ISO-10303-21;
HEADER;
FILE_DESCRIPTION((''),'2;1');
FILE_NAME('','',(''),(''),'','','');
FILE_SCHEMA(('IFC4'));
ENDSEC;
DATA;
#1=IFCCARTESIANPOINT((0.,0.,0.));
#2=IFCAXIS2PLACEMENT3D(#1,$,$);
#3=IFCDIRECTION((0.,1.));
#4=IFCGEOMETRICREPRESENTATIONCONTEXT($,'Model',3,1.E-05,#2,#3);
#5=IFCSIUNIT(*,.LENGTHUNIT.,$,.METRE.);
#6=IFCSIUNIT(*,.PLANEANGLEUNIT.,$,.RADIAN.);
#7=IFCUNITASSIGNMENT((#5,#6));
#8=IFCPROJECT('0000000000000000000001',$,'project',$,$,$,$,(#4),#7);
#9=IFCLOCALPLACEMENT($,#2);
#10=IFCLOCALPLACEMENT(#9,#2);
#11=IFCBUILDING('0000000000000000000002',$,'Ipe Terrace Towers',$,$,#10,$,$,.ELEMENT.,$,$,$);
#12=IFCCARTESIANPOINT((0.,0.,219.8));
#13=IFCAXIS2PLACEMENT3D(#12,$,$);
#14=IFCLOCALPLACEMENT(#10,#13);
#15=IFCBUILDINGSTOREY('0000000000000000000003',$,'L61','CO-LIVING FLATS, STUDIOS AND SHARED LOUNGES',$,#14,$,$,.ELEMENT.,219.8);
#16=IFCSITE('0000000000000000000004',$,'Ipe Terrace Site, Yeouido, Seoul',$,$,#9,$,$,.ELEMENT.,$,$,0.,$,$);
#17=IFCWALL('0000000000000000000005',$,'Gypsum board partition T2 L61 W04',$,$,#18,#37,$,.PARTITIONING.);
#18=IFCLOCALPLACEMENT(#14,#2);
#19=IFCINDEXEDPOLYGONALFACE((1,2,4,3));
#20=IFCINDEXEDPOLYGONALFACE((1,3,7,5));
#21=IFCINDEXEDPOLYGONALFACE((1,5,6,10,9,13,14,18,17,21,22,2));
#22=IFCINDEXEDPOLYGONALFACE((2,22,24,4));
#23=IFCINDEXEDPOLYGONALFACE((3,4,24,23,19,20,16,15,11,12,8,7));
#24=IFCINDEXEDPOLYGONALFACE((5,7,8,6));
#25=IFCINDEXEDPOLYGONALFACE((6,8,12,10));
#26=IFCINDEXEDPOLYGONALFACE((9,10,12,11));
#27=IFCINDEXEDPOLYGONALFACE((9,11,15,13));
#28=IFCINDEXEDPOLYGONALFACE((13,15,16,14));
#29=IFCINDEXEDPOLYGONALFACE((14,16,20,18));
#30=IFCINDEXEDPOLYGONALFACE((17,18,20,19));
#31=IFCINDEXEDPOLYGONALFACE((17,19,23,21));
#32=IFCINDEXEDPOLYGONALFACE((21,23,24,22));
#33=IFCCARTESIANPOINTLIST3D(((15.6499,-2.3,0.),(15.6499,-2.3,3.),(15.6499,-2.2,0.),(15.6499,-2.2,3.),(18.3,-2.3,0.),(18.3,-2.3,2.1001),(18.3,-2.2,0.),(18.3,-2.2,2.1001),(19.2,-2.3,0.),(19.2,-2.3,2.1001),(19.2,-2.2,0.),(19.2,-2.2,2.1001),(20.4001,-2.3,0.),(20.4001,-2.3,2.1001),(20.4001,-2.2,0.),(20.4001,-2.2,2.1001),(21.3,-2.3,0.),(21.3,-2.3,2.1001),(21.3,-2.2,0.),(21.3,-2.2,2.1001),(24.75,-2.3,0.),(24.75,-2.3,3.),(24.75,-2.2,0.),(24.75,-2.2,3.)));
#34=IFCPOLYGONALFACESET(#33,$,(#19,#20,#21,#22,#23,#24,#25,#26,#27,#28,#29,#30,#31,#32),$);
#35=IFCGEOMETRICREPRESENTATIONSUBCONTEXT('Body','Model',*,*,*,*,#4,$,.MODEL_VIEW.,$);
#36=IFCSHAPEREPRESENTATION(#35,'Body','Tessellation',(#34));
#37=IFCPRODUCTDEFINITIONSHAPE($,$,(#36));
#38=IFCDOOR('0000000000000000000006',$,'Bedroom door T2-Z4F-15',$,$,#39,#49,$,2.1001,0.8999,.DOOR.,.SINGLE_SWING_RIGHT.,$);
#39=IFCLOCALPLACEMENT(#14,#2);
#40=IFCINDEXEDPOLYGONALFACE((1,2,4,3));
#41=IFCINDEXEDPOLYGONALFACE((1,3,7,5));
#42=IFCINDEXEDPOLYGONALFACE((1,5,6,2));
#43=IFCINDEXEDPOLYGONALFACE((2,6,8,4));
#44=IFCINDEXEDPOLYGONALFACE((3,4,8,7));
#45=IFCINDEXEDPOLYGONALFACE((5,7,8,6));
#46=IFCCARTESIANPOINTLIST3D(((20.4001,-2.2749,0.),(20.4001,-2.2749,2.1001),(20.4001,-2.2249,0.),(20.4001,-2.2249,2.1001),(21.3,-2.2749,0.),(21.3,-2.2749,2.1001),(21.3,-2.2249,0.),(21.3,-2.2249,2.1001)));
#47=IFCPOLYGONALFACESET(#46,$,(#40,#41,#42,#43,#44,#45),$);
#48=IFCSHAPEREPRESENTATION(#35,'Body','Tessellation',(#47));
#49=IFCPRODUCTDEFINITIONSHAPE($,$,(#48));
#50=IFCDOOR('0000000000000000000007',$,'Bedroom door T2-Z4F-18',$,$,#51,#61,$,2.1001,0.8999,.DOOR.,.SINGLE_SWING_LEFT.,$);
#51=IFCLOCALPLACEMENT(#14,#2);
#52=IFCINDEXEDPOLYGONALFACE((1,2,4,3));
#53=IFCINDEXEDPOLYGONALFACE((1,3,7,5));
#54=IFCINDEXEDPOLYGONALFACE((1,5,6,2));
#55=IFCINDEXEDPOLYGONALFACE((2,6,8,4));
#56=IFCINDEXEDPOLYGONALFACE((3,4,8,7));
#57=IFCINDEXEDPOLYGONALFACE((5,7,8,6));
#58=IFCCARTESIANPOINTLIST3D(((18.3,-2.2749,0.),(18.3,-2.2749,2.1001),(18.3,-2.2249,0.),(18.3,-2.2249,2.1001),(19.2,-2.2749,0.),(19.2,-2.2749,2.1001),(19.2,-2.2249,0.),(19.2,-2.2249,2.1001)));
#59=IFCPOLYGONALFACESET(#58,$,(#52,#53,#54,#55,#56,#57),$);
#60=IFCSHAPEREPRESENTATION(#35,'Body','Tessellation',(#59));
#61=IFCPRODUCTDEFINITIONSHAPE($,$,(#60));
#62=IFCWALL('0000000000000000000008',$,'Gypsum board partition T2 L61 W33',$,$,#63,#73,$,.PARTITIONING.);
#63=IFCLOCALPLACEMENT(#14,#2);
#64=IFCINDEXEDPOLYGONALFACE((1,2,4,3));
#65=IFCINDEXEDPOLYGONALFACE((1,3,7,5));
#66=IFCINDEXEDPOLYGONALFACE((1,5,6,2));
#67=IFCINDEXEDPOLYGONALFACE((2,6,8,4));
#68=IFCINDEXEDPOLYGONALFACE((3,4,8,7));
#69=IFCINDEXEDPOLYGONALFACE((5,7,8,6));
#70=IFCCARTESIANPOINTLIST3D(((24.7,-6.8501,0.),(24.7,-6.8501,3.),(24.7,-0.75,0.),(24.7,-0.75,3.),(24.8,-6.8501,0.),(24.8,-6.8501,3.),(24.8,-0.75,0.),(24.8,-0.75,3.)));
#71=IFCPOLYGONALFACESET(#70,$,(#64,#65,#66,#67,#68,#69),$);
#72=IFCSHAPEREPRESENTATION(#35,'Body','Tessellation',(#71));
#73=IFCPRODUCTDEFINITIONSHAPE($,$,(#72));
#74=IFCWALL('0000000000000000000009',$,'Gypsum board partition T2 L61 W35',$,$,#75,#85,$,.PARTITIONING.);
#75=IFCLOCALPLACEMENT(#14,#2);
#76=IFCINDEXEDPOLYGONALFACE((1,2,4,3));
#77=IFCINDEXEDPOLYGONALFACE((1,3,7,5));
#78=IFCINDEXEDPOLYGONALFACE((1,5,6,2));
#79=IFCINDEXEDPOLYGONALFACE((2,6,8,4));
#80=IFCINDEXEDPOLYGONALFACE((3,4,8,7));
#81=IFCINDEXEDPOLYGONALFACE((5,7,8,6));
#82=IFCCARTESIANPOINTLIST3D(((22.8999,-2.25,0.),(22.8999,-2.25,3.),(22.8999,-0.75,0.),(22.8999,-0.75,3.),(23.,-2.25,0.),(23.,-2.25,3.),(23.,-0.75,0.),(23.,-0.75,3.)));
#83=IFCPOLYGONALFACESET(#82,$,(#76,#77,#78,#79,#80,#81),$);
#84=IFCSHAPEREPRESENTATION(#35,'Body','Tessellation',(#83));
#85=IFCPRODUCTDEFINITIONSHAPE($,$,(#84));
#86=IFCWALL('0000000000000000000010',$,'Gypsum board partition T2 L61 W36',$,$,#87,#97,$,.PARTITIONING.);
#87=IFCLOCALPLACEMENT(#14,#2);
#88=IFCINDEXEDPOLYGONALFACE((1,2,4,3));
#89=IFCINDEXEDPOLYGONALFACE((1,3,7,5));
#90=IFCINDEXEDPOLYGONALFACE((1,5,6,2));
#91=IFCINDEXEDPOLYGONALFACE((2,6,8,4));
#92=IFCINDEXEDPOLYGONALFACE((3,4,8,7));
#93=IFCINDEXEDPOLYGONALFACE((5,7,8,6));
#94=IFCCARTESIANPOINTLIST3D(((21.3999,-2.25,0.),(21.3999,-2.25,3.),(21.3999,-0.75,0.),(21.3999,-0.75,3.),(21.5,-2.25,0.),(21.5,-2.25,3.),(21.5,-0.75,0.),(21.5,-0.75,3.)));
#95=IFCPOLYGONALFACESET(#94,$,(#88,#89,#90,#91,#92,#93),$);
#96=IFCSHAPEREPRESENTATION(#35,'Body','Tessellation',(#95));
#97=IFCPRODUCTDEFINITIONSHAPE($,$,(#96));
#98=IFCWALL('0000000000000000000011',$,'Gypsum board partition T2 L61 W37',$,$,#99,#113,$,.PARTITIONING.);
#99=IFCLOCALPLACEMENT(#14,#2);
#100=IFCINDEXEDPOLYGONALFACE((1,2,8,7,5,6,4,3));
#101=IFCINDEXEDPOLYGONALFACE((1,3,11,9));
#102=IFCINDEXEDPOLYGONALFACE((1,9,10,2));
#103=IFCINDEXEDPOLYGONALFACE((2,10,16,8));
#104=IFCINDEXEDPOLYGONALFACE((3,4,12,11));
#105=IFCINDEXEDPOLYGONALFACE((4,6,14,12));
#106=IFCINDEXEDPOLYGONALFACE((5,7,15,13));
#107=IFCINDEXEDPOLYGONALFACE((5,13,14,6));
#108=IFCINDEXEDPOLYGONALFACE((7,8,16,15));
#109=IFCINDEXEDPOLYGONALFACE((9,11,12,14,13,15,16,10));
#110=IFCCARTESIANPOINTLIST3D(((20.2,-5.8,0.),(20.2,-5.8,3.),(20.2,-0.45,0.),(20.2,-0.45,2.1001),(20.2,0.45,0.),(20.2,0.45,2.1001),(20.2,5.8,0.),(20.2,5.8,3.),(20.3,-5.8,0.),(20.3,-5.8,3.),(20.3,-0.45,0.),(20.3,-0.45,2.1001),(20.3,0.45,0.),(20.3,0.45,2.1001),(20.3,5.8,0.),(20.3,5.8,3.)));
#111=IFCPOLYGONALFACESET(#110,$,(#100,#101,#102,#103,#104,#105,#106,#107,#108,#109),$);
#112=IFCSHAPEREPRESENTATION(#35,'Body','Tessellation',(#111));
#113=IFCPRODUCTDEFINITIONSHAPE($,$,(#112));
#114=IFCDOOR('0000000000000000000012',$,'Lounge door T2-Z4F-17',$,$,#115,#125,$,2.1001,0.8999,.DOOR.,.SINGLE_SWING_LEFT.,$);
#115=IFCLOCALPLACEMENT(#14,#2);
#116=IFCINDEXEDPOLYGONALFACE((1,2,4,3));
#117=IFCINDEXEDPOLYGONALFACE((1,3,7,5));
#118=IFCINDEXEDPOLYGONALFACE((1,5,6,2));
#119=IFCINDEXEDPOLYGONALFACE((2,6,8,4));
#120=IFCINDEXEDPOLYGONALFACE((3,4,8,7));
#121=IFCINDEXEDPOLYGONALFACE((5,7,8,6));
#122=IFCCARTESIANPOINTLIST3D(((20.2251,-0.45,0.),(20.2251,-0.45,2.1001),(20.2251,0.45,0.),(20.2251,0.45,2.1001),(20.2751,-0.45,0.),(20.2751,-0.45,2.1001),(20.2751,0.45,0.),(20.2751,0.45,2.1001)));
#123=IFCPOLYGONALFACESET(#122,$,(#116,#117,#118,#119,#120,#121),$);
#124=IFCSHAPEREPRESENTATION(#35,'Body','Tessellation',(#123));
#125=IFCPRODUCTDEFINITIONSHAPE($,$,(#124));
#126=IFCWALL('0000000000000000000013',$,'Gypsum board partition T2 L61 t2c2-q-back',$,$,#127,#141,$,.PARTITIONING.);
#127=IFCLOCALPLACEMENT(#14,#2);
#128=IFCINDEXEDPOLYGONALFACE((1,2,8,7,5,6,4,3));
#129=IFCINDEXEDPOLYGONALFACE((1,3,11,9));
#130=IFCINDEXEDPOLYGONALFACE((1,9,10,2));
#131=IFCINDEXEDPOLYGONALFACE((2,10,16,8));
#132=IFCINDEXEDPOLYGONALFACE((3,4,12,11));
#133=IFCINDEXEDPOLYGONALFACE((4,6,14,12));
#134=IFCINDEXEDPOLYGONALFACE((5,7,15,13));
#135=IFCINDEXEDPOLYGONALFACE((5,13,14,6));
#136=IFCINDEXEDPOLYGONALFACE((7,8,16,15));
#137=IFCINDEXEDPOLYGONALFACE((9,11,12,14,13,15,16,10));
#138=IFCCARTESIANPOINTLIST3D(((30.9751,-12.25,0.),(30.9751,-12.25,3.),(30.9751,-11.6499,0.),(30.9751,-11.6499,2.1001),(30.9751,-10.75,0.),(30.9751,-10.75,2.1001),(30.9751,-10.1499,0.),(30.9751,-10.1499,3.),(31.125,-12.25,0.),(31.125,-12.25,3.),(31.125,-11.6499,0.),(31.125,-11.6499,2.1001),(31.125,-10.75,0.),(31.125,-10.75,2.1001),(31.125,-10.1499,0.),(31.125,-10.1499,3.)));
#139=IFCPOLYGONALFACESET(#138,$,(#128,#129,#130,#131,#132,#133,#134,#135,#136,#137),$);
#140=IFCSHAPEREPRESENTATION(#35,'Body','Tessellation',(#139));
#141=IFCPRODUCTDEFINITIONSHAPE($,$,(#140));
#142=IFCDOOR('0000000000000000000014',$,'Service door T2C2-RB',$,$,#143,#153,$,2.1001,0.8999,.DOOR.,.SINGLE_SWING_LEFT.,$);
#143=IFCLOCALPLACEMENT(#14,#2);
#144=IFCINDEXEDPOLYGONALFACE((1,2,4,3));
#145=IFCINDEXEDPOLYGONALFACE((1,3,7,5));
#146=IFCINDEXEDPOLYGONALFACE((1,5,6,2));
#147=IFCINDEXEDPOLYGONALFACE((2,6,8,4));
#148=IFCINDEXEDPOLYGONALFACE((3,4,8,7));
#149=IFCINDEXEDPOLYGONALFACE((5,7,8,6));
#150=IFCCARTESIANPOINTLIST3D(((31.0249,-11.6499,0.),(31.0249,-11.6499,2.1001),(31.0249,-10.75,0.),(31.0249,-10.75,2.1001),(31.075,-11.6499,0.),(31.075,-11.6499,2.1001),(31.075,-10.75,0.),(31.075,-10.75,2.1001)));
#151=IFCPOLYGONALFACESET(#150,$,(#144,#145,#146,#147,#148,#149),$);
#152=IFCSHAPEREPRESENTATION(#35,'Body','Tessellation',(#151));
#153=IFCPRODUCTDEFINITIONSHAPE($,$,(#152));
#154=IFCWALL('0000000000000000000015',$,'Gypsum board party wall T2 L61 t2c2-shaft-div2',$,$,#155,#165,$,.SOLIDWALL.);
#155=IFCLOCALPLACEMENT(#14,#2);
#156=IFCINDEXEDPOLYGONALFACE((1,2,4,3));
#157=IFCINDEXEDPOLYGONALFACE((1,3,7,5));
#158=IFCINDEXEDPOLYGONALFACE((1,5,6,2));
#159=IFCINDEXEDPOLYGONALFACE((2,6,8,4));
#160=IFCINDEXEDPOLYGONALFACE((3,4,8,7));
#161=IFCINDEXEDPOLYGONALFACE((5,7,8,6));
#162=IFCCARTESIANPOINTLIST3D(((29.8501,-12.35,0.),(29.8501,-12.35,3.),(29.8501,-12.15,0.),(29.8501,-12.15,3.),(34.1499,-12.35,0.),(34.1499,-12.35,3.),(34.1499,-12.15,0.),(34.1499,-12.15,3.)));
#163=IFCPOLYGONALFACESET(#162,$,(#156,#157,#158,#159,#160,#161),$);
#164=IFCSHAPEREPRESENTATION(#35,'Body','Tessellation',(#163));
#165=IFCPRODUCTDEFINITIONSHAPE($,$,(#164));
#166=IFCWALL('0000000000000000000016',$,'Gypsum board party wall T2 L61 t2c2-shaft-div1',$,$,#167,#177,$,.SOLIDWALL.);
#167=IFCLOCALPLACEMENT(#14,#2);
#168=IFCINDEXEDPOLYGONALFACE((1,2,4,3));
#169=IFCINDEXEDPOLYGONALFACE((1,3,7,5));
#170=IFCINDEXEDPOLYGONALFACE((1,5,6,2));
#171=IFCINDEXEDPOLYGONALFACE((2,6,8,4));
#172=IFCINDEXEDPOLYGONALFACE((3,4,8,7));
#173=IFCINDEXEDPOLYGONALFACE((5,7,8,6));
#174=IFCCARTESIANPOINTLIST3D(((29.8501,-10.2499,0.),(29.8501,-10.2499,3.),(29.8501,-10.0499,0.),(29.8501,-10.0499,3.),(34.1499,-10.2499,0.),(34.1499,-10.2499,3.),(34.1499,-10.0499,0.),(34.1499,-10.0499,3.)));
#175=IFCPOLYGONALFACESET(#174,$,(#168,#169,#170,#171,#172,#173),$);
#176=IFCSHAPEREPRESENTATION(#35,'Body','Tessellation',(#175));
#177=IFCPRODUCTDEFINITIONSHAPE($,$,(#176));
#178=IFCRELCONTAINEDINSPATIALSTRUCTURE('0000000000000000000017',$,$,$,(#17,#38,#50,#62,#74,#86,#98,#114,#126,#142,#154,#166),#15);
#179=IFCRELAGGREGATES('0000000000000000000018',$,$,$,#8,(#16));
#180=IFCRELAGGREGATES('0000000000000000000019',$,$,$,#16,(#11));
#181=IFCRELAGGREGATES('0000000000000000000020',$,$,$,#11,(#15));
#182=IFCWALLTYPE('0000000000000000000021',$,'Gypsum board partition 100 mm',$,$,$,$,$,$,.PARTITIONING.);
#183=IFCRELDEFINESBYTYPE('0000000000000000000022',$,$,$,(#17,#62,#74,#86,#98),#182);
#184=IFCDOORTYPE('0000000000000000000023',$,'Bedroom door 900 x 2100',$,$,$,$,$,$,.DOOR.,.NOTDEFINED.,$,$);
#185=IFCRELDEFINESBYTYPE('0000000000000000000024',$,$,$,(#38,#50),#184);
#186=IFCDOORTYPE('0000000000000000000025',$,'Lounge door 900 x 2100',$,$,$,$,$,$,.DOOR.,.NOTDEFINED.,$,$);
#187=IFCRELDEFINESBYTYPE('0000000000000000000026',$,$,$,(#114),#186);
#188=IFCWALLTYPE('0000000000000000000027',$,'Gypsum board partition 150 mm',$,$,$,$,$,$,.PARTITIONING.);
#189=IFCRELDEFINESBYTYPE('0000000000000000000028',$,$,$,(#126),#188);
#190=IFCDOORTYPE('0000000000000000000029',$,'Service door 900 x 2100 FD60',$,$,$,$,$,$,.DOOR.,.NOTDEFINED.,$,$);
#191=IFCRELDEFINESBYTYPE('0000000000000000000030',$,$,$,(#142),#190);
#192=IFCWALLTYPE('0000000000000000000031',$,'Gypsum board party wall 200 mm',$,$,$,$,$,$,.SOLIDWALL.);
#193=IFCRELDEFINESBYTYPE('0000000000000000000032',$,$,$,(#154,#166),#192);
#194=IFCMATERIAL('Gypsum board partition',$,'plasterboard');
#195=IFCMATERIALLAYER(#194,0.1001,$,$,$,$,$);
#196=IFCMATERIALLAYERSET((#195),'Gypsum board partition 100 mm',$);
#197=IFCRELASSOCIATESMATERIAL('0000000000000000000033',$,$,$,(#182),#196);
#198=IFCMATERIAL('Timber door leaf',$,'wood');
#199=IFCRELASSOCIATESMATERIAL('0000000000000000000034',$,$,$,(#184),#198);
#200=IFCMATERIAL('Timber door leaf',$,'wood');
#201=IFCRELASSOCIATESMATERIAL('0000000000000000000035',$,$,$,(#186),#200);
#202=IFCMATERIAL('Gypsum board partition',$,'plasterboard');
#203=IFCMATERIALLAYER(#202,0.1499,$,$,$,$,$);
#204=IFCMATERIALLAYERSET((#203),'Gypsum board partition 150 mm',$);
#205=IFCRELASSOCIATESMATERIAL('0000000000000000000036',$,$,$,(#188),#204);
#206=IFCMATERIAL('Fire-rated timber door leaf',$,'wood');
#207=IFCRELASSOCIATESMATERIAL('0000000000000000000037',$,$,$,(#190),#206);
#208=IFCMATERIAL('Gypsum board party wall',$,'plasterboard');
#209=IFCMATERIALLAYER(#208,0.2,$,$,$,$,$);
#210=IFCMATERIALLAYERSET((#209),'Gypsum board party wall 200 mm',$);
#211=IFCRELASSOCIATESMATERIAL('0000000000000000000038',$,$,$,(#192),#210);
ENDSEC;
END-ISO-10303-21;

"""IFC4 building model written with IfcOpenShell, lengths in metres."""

from ifc_helpers import new_model, si_unit, direction, frame, frame_2d, origin, place, context, subcontext, project, spatial, rectangle, extrude, material, layer, layer_set, type_object, element, fill, save


model = new_model("IFC4")

# Units and contexts
model_context = context("Model", 3, precision=1e-05, world=origin(), true_north=direction((0.0, 1.0)))
body_context = subcontext(model_context, "Body", "Model", "MODEL_VIEW")
ifc_project = project(units=[si_unit("LENGTHUNIT", "METRE"), si_unit("PLANEANGLEUNIT", "RADIAN")], contexts=[model_context])

# Site, building, storey
site_placement = place(None, origin())
site = spatial("IfcSite", under=ifc_project, at=site_placement, Name="Ipe Terrace Site, Yeouido, Seoul", CompositionType="ELEMENT", RefElevation=0.0)
building_placement = place(site_placement, origin())
building = spatial("IfcBuilding", under=site, at=building_placement, Name="Ipe Terrace Towers", CompositionType="ELEMENT")
storey_placement = place(building_placement, frame((0.0, 0.0, 219.8)))
storey = spatial("IfcBuildingStorey", under=building, at=storey_placement, Name="L61", Description="CO-LIVING FLATS, STUDIOS AND SHARED LOUNGES", CompositionType="ELEMENT", Elevation=219.8)

# Wall, openings, doors
ifc_material_1 = material(Name="Gypsum board partition", Category="plasterboard")
ifc_layer_1 = layer(ifc_material_1, 0.1001)
ifc_layer_set_1 = layer_set([ifc_layer_1], Name="Gypsum board partition 100 mm")
wall_type_1 = type_object("IfcWallType", Name="Gypsum board partition 100 mm", PredefinedType="PARTITIONING", material=ifc_layer_set_1)
wall_1_placement = place(storey_placement, frame((24.75, -2.25, 0.0), z_axis=(0.0, 0.0, 1.0), x_axis=(-1.0, 0.0, 0.0)))
wall_1 = element("IfcWall", 1, at=wall_1_placement, inside=storey, type_object=wall_type_1, Name="Gypsum board partition T2 L61 W04", PredefinedType="PARTITIONING", context=body_context, shape_type="SweptSolid", body=[
    extrude(rectangle(XDim=9.1001, YDim=0.1001, at=frame_2d((4.55, 0.0))), origin(), (0.0, 0.0, 1.0), 3.0),
])
opening_1_placement = place(wall_1_placement, frame((3.45, 0.0, 0.0)))
opening_1 = element("IfcOpeningElement", 2, at=opening_1_placement, cuts=wall_1, PredefinedType="OPENING", context=body_context, shape_type="SweptSolid", body=[
    extrude(rectangle(XDim=0.8999, YDim=2.1001, at=frame_2d((0.45, 1.05))), frame((0.0, 0.0601, 0.0), z_axis=(0.0, -1.0, 0.0), x_axis=(1.0, 0.0, 0.0)), (0.0, 0.0, 1.0), 0.1201),
])
opening_2_placement = place(wall_1_placement, frame((5.55, 0.0, 0.0)))
opening_2 = element("IfcOpeningElement", 3, at=opening_2_placement, cuts=wall_1, PredefinedType="OPENING", context=body_context, shape_type="SweptSolid", body=[
    extrude(rectangle(XDim=0.8999, YDim=2.1001, at=frame_2d((0.45, 1.05))), frame((0.0, 0.0601, 0.0), z_axis=(0.0, -1.0, 0.0), x_axis=(1.0, 0.0, 0.0)), (0.0, 0.0, 1.0), 0.1201),
])
ifc_material_2 = material(Name="Timber door leaf", Category="wood")
door_type_1 = type_object("IfcDoorType", Name="Bedroom door 900 x 2100", OperationType="NOTDEFINED", PredefinedType="DOOR", material=ifc_material_2)
door_1_placement = place(opening_1_placement, origin())
door_1 = element("IfcDoor", 4, at=door_1_placement, inside=storey, type_object=door_type_1, Name="Bedroom door T2-Z4F-15", OperationType="SINGLE_SWING_RIGHT", OverallHeight=2.1001, OverallWidth=0.8999, PredefinedType="DOOR", context=body_context, shape_type="SweptSolid", body=[
    extrude(rectangle(XDim=0.8999, YDim=2.1001, at=frame_2d((0.45, 1.05))), frame((0.0, 0.0249, 0.0), z_axis=(0.0, -1.0, 0.0), x_axis=(1.0, 0.0, 0.0)), (0.0, 0.0, 1.0), 0.05),
])
fill(opening_1, door_1)
door_2_placement = place(opening_2_placement, origin())
door_2 = element("IfcDoor", 5, at=door_2_placement, inside=storey, type_object=door_type_1, Name="Bedroom door T2-Z4F-18", OperationType="SINGLE_SWING_LEFT", OverallHeight=2.1001, OverallWidth=0.8999, PredefinedType="DOOR", context=body_context, shape_type="SweptSolid", body=[
    extrude(rectangle(XDim=0.8999, YDim=2.1001, at=frame_2d((0.45, 1.05))), frame((0.0, 0.0249, 0.0), z_axis=(0.0, -1.0, 0.0), x_axis=(1.0, 0.0, 0.0)), (0.0, 0.0, 1.0), 0.05),
])
fill(opening_2, door_2)

# Walls
wall_2_placement = place(storey_placement, frame((24.75, -6.8501, 0.0), z_axis=(0.0, 0.0, 1.0), x_axis=(0.0, 1.0, 0.0)))
element("IfcWall", 6, at=wall_2_placement, inside=storey, type_object=wall_type_1, Name="Gypsum board partition T2 L61 W33", PredefinedType="PARTITIONING", context=body_context, shape_type="SweptSolid", body=[
    extrude(rectangle(XDim=6.1001, YDim=0.1001, at=frame_2d((3.05, 0.0))), origin(), (0.0, 0.0, 1.0), 3.0),
])
for number, where, z_axis, x_axis, name in (
    (7, (22.95, -2.25, 0.0), (0.0, 0.0, 1.0), (0.0, 1.0, 0.0), "Gypsum board partition T2 L61 W35"),
    (8, (21.45, -2.25, 0.0), (0.0, 0.0, 1.0), (0.0, 1.0, 0.0), "Gypsum board partition T2 L61 W36"),
):
    element("IfcWall", number, at=place(storey_placement, frame(where, z_axis=z_axis, x_axis=x_axis)), inside=storey, type_object=wall_type_1, Name=name, PredefinedType="PARTITIONING", context=body_context, shape_type="SweptSolid", body=[
        extrude(rectangle(XDim=1.5, YDim=0.1001, at=frame_2d((0.75, 0.0))), origin(), (0.0, 0.0, 1.0), 3.0),
    ])

# Walls, openings, doors
wall_3_placement = place(storey_placement, frame((20.25, -5.8, 0.0), z_axis=(0.0, 0.0, 1.0), x_axis=(0.0, 1.0, 0.0)))
wall_3 = element("IfcWall", 9, at=wall_3_placement, inside=storey, type_object=wall_type_1, Name="Gypsum board partition T2 L61 W37", PredefinedType="PARTITIONING", context=body_context, shape_type="SweptSolid", body=[
    extrude(rectangle(XDim=11.6001, YDim=0.1001, at=frame_2d((5.8, 0.0))), origin(), (0.0, 0.0, 1.0), 3.0),
])
opening_3_placement = place(wall_3_placement, frame((5.3501, 0.0, 0.0)))
opening_3 = element("IfcOpeningElement", 10, at=opening_3_placement, cuts=wall_3, PredefinedType="OPENING", context=body_context, shape_type="SweptSolid", body=[
    extrude(rectangle(XDim=0.8999, YDim=2.1001, at=frame_2d((0.45, 1.05))), frame((0.0, 0.0601, 0.0), z_axis=(0.0, -1.0, 0.0), x_axis=(1.0, 0.0, 0.0)), (0.0, 0.0, 1.0), 0.1201),
])
ifc_material_3 = material(Name="Timber door leaf", Category="wood")
door_type_2 = type_object("IfcDoorType", Name="Lounge door 900 x 2100", OperationType="NOTDEFINED", PredefinedType="DOOR", material=ifc_material_3)
door_3_placement = place(opening_3_placement, origin())
door_3 = element("IfcDoor", 11, at=door_3_placement, inside=storey, type_object=door_type_2, Name="Lounge door T2-Z4F-17", OperationType="SINGLE_SWING_LEFT", OverallHeight=2.1001, OverallWidth=0.8999, PredefinedType="DOOR", context=body_context, shape_type="SweptSolid", body=[
    extrude(rectangle(XDim=0.8999, YDim=2.1001, at=frame_2d((0.45, 1.05))), frame((0.0, 0.0249, 0.0), z_axis=(0.0, -1.0, 0.0), x_axis=(1.0, 0.0, 0.0)), (0.0, 0.0, 1.0), 0.05),
])
fill(opening_3, door_3)
ifc_material_4 = material(Name="Gypsum board partition", Category="plasterboard")
ifc_layer_2 = layer(ifc_material_4, 0.1499)
ifc_layer_set_2 = layer_set([ifc_layer_2], Name="Gypsum board partition 150 mm")
wall_type_2 = type_object("IfcWallType", Name="Gypsum board partition 150 mm", PredefinedType="PARTITIONING", material=ifc_layer_set_2)
wall_4_placement = place(storey_placement, frame((31.05, -10.1499, 0.0), z_axis=(0.0, 0.0, 1.0), x_axis=(0.0, -1.0, 0.0)))
wall_4 = element("IfcWall", 12, at=wall_4_placement, inside=storey, type_object=wall_type_2, Name="Gypsum board partition T2 L61 t2c2-q-back", PredefinedType="PARTITIONING", context=body_context, shape_type="SweptSolid", body=[
    extrude(rectangle(XDim=2.1001, YDim=0.1499, at=frame_2d((1.05, 0.0))), origin(), (0.0, 0.0, 1.0), 3.0),
])
opening_4_placement = place(wall_4_placement, frame((0.6001, 0.0, 0.0)))
opening_4 = element("IfcOpeningElement", 13, at=opening_4_placement, cuts=wall_4, PredefinedType="OPENING", context=body_context, shape_type="SweptSolid", body=[
    extrude(rectangle(XDim=0.8999, YDim=2.1001, at=frame_2d((0.45, 1.05))), frame((0.0, 0.085, 0.0), z_axis=(0.0, -1.0, 0.0), x_axis=(1.0, 0.0, 0.0)), (0.0, 0.0, 1.0), 0.1699),
])
ifc_material_5 = material(Name="Fire-rated timber door leaf", Category="wood")
door_type_3 = type_object("IfcDoorType", Name="Service door 900 x 2100 FD60", OperationType="NOTDEFINED", PredefinedType="DOOR", material=ifc_material_5)
door_4_placement = place(opening_4_placement, origin())
door_4 = element("IfcDoor", 14, at=door_4_placement, inside=storey, type_object=door_type_3, Name="Service door T2C2-RB", OperationType="SINGLE_SWING_LEFT", OverallHeight=2.1001, OverallWidth=0.8999, PredefinedType="DOOR", context=body_context, shape_type="SweptSolid", body=[
    extrude(rectangle(XDim=0.8999, YDim=2.1001, at=frame_2d((0.45, 1.05))), frame((0.0, 0.0249, 0.0), z_axis=(0.0, -1.0, 0.0), x_axis=(1.0, 0.0, 0.0)), (0.0, 0.0, 1.0), 0.05),
])
fill(opening_4, door_4)

# Walls
ifc_material_6 = material(Name="Gypsum board party wall", Category="plasterboard")
ifc_layer_3 = layer(ifc_material_6, 0.2)
ifc_layer_set_3 = layer_set([ifc_layer_3], Name="Gypsum board party wall 200 mm")
wall_type_3 = type_object("IfcWallType", Name="Gypsum board party wall 200 mm", PredefinedType="SOLIDWALL", material=ifc_layer_set_3)
for number, where, z_axis, x_axis, name in (
    (15, (29.8501, -12.25, 0.0), (0.0, 0.0, 1.0), (1.0, 0.0, 0.0), "Gypsum board party wall T2 L61 t2c2-shaft-div2"),
    (16, (29.8501, -10.1499, 0.0), (0.0, 0.0, 1.0), (1.0, 0.0, 0.0), "Gypsum board party wall T2 L61 t2c2-shaft-div1"),
):
    element("IfcWall", number, at=place(storey_placement, frame(where, z_axis=z_axis, x_axis=x_axis)), inside=storey, type_object=wall_type_3, Name=name, PredefinedType="SOLIDWALL", context=body_context, shape_type="SweptSolid", body=[
        extrude(rectangle(XDim=4.2998, YDim=0.2, at=frame_2d((2.1499, 0.0))), origin(), (0.0, 0.0, 1.0), 3.0),
    ])

save(model, "model.ifc")
